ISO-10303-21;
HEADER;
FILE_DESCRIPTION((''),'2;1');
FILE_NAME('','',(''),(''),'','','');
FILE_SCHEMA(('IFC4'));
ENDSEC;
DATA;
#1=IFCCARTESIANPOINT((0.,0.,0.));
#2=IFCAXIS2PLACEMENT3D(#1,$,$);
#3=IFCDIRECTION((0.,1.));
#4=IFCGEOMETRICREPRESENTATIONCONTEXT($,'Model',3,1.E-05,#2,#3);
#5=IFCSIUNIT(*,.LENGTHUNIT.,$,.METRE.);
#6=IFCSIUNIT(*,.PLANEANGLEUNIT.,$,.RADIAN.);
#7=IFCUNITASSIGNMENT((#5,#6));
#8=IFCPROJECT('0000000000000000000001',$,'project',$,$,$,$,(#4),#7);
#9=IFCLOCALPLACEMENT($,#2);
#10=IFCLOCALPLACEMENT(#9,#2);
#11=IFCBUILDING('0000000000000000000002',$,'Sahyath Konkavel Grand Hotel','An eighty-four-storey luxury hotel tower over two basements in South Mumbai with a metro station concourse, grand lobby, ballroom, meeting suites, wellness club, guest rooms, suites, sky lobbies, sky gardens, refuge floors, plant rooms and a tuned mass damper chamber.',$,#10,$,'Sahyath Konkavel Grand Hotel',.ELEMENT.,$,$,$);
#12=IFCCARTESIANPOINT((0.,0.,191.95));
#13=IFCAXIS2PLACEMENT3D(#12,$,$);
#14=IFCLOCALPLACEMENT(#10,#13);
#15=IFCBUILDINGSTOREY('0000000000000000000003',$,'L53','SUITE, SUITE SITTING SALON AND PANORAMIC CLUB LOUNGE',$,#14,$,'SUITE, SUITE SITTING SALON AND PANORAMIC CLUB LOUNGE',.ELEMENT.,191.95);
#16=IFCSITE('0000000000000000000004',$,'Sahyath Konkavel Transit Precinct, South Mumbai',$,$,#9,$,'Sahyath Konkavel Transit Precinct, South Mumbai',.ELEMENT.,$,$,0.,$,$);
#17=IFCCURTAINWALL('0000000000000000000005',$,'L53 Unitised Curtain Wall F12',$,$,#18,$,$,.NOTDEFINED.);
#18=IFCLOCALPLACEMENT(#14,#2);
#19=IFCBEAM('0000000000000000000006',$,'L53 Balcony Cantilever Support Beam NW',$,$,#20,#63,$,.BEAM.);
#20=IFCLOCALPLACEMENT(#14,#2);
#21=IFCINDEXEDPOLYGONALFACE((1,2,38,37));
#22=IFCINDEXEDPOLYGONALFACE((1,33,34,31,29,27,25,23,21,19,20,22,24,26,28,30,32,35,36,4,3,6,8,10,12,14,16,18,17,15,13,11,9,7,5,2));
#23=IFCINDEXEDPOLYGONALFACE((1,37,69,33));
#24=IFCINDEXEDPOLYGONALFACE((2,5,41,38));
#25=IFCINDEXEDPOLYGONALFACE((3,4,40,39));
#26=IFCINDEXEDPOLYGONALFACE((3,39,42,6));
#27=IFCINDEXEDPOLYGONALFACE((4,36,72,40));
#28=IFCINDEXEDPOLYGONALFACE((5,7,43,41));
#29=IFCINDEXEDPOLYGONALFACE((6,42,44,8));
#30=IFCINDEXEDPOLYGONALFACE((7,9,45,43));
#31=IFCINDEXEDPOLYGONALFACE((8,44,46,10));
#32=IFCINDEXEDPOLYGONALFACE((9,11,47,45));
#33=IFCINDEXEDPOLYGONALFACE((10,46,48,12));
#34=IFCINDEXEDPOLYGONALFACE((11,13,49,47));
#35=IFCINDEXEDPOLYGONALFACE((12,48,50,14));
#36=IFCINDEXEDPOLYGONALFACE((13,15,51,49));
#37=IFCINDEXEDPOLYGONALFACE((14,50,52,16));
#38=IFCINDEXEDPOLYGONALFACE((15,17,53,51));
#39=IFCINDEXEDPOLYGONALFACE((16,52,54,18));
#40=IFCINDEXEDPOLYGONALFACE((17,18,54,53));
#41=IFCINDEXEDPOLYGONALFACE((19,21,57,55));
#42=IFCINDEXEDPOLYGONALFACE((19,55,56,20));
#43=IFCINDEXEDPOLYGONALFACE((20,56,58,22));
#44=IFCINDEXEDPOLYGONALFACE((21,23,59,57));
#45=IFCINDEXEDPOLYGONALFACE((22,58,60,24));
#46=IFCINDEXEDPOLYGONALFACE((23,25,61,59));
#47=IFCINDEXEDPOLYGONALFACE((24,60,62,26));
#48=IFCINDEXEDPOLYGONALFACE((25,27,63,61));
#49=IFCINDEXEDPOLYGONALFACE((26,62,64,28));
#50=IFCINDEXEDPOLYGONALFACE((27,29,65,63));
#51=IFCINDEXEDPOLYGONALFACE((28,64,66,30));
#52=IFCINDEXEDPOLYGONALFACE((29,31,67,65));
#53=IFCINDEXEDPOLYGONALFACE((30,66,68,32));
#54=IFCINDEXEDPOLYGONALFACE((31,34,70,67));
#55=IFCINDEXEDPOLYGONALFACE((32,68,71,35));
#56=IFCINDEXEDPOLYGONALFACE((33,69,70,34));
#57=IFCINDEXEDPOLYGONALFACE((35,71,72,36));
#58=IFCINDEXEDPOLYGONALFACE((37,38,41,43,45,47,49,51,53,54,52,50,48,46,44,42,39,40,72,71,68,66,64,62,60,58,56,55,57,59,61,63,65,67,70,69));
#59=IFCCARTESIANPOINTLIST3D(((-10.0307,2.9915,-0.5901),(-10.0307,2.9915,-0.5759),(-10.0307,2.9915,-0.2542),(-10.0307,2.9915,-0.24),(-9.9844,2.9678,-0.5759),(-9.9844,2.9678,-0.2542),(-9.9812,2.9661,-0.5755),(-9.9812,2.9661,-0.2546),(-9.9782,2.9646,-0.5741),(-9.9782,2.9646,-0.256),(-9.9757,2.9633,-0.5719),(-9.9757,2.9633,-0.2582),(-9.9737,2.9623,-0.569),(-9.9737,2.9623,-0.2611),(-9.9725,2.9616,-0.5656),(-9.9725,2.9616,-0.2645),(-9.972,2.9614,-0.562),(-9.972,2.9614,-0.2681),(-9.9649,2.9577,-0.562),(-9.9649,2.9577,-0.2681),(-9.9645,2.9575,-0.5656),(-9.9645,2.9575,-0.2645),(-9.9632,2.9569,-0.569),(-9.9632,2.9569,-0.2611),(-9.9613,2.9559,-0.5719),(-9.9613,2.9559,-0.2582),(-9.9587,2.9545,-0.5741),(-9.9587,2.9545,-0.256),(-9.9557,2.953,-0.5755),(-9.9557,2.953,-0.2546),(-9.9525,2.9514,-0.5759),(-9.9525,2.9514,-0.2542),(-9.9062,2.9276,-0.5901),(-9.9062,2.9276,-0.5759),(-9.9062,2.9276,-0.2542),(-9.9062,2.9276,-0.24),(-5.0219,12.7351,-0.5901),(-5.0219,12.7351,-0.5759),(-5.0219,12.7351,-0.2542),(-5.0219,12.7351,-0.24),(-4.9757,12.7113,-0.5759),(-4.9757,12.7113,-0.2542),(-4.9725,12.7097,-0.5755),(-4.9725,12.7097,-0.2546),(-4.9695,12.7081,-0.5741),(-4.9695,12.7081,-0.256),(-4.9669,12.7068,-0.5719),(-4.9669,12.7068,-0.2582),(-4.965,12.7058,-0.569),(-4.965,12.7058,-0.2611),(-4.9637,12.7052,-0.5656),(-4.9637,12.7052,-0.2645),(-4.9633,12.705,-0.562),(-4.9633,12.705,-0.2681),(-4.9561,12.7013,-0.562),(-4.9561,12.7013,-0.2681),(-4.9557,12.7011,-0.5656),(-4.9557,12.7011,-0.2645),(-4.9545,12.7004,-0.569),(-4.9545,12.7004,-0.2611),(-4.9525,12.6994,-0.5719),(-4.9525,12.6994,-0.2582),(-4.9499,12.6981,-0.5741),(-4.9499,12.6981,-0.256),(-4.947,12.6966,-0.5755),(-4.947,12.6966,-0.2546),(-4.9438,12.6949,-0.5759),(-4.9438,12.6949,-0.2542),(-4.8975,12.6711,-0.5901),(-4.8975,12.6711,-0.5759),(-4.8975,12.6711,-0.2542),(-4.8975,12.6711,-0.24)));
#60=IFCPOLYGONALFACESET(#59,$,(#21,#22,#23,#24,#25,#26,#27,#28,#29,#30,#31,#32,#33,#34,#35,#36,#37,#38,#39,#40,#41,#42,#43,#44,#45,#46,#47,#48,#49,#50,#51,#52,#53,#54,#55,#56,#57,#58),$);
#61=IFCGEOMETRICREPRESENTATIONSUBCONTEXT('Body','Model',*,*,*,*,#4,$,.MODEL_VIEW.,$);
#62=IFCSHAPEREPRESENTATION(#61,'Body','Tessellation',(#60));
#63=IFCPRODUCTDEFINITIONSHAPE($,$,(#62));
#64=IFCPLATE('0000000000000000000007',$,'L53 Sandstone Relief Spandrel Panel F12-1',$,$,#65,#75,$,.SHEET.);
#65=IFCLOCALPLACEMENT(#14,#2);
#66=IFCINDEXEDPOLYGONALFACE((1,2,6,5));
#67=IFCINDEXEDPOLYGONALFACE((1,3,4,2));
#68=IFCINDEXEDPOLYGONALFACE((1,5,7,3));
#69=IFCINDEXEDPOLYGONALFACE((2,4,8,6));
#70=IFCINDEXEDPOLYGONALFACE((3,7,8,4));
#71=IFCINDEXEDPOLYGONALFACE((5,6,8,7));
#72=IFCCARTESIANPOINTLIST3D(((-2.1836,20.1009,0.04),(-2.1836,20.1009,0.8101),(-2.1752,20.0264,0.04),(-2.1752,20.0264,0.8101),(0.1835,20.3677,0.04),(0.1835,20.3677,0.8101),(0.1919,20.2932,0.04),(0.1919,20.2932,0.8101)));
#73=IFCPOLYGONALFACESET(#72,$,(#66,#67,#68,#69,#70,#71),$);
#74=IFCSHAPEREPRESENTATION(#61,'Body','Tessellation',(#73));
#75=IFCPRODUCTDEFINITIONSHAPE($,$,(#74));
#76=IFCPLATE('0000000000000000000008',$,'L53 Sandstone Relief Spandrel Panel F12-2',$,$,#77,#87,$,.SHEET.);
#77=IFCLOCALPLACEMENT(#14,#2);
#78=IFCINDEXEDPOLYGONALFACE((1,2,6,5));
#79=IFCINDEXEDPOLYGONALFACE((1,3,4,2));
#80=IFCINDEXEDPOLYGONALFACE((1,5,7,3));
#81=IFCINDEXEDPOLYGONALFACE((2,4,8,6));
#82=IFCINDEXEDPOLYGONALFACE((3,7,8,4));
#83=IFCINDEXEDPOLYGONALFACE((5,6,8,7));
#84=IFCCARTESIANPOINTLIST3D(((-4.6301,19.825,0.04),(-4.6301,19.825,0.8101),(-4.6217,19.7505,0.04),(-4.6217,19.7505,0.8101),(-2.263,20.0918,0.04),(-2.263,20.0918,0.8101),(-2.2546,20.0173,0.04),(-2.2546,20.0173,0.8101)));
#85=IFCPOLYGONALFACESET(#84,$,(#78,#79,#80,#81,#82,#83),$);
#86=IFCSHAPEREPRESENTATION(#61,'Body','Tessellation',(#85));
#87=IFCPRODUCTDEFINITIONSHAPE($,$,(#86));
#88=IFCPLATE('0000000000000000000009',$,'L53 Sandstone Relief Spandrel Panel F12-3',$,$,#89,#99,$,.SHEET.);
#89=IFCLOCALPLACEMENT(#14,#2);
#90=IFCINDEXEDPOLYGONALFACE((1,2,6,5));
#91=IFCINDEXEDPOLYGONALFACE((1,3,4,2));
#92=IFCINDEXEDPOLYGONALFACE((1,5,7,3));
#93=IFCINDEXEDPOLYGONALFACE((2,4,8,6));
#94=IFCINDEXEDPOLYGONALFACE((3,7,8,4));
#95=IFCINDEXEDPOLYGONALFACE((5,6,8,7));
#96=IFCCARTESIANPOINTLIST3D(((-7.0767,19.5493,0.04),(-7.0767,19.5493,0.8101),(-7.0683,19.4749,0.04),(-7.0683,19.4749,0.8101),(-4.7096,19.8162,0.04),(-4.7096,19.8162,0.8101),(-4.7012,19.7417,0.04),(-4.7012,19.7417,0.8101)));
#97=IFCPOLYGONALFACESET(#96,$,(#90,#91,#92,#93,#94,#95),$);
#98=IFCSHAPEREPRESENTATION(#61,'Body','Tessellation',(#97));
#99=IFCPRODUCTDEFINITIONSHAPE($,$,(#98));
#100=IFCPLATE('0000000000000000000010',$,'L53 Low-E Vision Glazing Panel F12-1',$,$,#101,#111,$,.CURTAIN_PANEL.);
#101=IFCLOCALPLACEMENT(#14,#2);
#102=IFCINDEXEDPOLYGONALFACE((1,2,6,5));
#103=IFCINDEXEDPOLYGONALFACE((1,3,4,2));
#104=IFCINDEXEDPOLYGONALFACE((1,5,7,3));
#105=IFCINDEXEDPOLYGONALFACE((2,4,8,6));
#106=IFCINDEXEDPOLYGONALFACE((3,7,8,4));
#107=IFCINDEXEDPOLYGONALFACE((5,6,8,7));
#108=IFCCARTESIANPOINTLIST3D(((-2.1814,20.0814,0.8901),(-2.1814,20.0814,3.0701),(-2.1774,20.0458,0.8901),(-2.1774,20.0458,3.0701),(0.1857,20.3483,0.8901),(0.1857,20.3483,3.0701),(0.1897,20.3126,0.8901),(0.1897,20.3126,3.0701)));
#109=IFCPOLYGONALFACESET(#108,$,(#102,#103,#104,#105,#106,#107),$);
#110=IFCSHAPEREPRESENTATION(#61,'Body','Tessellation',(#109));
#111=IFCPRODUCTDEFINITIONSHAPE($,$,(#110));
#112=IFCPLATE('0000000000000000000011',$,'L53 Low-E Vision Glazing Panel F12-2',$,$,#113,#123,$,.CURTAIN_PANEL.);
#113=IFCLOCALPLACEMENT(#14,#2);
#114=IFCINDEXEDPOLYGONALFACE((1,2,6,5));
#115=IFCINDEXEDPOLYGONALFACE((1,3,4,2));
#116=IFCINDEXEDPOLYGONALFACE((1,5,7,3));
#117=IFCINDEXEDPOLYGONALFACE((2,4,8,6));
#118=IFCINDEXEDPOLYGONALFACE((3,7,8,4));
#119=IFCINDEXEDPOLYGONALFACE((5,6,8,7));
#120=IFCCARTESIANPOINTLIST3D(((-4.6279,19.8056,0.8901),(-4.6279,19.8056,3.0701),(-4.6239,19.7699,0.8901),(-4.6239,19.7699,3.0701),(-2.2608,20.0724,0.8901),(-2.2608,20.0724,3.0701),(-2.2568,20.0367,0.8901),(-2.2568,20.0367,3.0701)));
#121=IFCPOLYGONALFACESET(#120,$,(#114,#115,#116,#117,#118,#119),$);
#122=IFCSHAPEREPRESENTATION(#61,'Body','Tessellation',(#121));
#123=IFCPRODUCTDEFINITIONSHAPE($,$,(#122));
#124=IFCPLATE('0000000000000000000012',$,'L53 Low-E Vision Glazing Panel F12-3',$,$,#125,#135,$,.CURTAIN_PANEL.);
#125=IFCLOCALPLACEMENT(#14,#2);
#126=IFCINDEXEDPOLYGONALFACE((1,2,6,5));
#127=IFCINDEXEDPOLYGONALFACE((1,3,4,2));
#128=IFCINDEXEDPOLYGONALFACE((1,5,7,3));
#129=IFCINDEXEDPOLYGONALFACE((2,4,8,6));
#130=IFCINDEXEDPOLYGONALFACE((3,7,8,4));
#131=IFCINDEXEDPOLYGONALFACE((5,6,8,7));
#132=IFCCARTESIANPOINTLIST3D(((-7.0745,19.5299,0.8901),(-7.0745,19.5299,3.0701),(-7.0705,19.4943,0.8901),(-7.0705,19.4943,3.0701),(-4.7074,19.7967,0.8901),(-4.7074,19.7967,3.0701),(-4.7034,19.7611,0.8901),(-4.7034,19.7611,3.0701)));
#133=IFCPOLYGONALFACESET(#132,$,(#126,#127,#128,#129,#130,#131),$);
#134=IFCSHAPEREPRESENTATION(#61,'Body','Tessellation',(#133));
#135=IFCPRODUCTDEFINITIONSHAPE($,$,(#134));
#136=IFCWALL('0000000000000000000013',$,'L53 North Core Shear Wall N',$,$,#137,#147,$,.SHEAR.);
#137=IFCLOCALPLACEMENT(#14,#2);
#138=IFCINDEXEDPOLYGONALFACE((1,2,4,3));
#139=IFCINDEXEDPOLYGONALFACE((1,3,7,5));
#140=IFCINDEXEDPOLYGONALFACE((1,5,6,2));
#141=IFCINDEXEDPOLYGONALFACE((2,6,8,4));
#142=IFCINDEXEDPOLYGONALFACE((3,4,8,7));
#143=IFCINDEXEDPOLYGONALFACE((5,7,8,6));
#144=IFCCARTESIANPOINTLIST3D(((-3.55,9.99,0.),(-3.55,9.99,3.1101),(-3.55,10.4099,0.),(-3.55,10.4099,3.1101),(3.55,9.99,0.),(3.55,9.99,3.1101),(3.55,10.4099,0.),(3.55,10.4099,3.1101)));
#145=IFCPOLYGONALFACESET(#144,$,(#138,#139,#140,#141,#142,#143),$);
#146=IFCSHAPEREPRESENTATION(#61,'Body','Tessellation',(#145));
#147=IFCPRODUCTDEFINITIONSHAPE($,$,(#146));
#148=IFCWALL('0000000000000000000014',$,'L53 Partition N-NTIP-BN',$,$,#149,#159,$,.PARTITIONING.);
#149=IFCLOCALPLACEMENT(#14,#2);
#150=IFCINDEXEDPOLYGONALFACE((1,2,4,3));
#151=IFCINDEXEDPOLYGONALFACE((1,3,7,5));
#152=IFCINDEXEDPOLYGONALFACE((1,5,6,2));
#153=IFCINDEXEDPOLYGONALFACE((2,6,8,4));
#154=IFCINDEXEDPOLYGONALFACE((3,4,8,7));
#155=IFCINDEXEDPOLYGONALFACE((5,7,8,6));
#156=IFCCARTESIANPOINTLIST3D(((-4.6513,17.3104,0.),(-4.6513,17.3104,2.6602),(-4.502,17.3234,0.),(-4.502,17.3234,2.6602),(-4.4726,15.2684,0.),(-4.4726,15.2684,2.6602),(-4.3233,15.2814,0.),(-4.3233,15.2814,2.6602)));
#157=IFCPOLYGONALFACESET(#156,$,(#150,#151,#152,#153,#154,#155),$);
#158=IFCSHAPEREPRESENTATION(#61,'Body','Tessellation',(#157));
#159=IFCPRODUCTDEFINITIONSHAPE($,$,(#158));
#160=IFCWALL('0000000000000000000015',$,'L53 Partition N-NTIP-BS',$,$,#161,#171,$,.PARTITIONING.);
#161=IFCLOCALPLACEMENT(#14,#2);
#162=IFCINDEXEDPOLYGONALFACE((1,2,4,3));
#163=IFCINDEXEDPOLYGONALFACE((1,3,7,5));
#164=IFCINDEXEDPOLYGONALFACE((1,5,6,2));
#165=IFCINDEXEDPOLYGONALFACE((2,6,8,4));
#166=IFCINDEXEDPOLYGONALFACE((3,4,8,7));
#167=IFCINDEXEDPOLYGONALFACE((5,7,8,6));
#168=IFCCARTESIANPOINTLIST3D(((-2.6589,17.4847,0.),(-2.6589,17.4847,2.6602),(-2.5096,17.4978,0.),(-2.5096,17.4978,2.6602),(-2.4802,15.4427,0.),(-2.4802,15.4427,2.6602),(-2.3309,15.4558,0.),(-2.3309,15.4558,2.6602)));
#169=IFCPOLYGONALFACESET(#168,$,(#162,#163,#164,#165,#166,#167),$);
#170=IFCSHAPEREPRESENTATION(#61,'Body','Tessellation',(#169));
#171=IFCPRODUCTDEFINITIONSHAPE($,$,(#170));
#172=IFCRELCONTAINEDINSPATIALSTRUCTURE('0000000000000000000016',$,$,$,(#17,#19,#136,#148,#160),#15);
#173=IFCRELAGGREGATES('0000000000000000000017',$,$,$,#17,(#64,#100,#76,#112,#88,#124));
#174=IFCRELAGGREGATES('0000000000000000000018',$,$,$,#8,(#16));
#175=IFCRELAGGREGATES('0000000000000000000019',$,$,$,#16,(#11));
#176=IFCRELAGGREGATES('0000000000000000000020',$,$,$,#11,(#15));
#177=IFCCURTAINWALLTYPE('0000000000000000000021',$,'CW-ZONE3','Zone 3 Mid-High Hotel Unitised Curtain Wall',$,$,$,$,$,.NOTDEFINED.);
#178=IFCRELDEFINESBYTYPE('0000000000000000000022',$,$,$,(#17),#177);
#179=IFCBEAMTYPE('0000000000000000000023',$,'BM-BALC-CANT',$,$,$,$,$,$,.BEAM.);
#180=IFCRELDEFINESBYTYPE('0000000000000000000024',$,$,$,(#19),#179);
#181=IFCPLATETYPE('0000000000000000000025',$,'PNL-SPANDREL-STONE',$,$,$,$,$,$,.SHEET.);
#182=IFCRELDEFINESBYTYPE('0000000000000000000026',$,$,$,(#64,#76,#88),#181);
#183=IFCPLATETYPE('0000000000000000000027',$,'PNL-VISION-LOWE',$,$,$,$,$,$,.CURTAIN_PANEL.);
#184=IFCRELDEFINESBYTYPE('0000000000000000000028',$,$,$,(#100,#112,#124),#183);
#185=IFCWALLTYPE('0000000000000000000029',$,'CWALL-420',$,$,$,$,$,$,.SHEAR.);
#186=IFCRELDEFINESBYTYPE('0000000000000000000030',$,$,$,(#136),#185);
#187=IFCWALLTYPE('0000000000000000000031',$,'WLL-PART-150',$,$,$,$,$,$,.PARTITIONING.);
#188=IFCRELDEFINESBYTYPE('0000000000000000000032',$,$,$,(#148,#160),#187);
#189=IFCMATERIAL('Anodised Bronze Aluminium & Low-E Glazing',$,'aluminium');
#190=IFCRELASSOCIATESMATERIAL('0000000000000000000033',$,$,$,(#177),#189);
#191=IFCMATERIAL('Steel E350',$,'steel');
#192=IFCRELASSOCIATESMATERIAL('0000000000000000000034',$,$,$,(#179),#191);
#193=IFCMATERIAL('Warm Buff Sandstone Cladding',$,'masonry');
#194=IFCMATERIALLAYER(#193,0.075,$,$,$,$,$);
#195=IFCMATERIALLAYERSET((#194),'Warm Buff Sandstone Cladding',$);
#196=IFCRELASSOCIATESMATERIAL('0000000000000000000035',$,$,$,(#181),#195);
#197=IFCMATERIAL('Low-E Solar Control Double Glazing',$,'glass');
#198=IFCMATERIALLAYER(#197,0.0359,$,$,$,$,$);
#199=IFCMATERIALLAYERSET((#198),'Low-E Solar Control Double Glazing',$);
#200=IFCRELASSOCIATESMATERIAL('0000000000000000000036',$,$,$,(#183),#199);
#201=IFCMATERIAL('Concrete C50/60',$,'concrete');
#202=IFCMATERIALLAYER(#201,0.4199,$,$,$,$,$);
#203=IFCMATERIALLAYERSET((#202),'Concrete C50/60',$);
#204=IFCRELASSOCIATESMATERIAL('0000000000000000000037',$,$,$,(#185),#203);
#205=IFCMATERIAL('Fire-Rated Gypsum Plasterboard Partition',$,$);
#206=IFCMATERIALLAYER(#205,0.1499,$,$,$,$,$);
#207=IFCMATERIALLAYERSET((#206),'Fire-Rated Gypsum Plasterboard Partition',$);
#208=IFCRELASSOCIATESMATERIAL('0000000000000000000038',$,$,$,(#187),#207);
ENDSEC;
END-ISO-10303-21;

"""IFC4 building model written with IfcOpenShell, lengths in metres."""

from ifc_helpers import new_model, si_unit, direction, frame, frame_2d, origin, origin_2d, place, context, subcontext, project, spatial, rectangle, i_section, extrude, source, transform, mapped, material, layer, layer_set, material_profile, profile_set, type_object, element, aggregate, save


model = new_model("IFC4")

# Units and contexts
model_context = context("Model", 3, precision=1e-05, world=origin(), true_north=direction((0.0, 1.0)))
body_context = subcontext(model_context, "Body", "Model", "MODEL_VIEW")
ifc_project = project(units=[si_unit("LENGTHUNIT", "METRE"), si_unit("PLANEANGLEUNIT", "RADIAN")], contexts=[model_context])

# Site, building, storey
site_placement = place(None, origin())
site = spatial("IfcSite", under=ifc_project, at=site_placement, Name="Sahyath Konkavel Transit Precinct, South Mumbai", LongName="Sahyath Konkavel Transit Precinct, South Mumbai", CompositionType="ELEMENT", RefElevation=0.0)
building_placement = place(site_placement, origin())
building = spatial("IfcBuilding", under=site, at=building_placement, Name="Sahyath Konkavel Grand Hotel", Description="An eighty-four-storey luxury hotel tower over two basements in South Mumbai with a metro station concourse, grand lobby, ballroom, meeting suites, wellness club, guest rooms, suites, sky lobbies, sky gardens, refuge floors, plant rooms and a tuned mass damper chamber.", LongName="Sahyath Konkavel Grand Hotel", CompositionType="ELEMENT")
storey_placement = place(building_placement, frame((0.0, 0.0, 191.95)))
storey = spatial("IfcBuildingStorey", under=building, at=storey_placement, Name="L53", Description="SUITE, SUITE SITTING SALON AND PANORAMIC CLUB LOUNGE", LongName="SUITE, SUITE SITTING SALON AND PANORAMIC CLUB LOUNGE", CompositionType="ELEMENT", Elevation=191.95)

# Shared definitions
ifc_material_1 = material(Name="Concrete C50/60", Category="concrete")

# Shared definitions
ifc_material_2 = material(Name="Steel E350", Category="steel")

# Curtain wall
ifc_material_3 = material(Name="Anodised Bronze Aluminium & Low-E Glazing", Category="aluminium")
curtain_wall_type = type_object("IfcCurtainWallType", Name="CW-ZONE3", Description="Zone 3 Mid-High Hotel Unitised Curtain Wall", PredefinedType="NOTDEFINED", material=ifc_material_3)
curtain_wall_placement = place(storey_placement, origin())
curtain_wall = element("IfcCurtainWall", 1, at=curtain_wall_placement, inside=storey, type_object=curtain_wall_type, Name="L53 Unitised Curtain Wall F12", PredefinedType="NOTDEFINED")

# Beam
ifc_material_profile_1 = material_profile(ifc_material_2, i_section(OverallWidth=0.1399, OverallDepth=0.3501, WebThickness=0.0081, FlangeThickness=0.0142, FilletRadius=0.0139, at=origin_2d()), Name="ISMB 350")
ifc_profile_set_1 = profile_set([ifc_material_profile_1], Name="Steel E350")
beam_type_1 = type_object("IfcBeamType", Name="BM-BALC-CANT", PredefinedType="BEAM", material=ifc_profile_set_1)
shared_shape_1 = source(origin(), body_context, "Body", "SweptSolid", [
    extrude(i_section(OverallWidth=0.1399, OverallDepth=0.3501, WebThickness=0.0081, FlangeThickness=0.0142, FilletRadius=0.0139, at=origin_2d()), origin(), (0.0, 0.0, 1.0), 10.9556),
])
beam_1_placement = place(storey_placement, frame((-4.9597, 12.7031, -0.415), z_axis=(-0.457187, -0.889371, 0.0), x_axis=(0.889371, -0.457187, 0.0)))
element("IfcBeam", 2, at=beam_1_placement, inside=storey, type_object=beam_type_1, Name="L53 Balcony Cantilever Support Beam NW", PredefinedType="BEAM", context=body_context, shape_type="MappedRepresentation", body=[
    mapped(shared_shape_1, transform((0.0, 0.0, 0.0), scale=1.0)),
])

# Plates
ifc_material_4 = material(Name="Warm Buff Sandstone Cladding", Category="masonry")
ifc_layer_1 = layer(ifc_material_4, 0.075)
ifc_layer_set_1 = layer_set([ifc_layer_1], Name="Warm Buff Sandstone Cladding")
plate_type_1 = type_object("IfcPlateType", Name="PNL-SPANDREL-STONE", PredefinedType="SHEET", material=ifc_layer_set_1)
shared_shape_2 = source(origin(), body_context, "Body", "SweptSolid", [
    extrude(rectangle(XDim=2.3821, YDim=0.075, at=origin_2d()), origin(), (0.0, 0.0, 1.0), 0.77),
])
plate_1_placement = place(storey_placement, frame((-0.9958, 20.197, 0.04), z_axis=(0.0, 0.0, 1.0), x_axis=(-0.993707, -0.112007, 0.0)))
plate_1 = element("IfcPlate", 3, at=plate_1_placement, type_object=plate_type_1, Name="L53 Sandstone Relief Spandrel Panel F12-1", PredefinedType="SHEET", context=body_context, shape_type="MappedRepresentation", body=[
    mapped(shared_shape_2, transform((0.0, 0.0, 0.0), scale=1.0)),
])
plate_2_placement = place(storey_placement, frame((-3.4424, 19.9211, 0.04), z_axis=(0.0, 0.0, 1.0), x_axis=(-0.993707, -0.112007, 0.0)))
plate_2 = element("IfcPlate", 4, at=plate_2_placement, type_object=plate_type_1, Name="L53 Sandstone Relief Spandrel Panel F12-2", PredefinedType="SHEET", context=body_context, shape_type="MappedRepresentation", body=[
    mapped(shared_shape_2, transform((0.0, 0.0, 0.0), scale=1.0)),
])
plate_3_placement = place(storey_placement, frame((-5.8889, 19.6455, 0.04), z_axis=(0.0, 0.0, 1.0), x_axis=(-0.993707, -0.112007, 0.0)))
plate_3 = element("IfcPlate", 5, at=plate_3_placement, type_object=plate_type_1, Name="L53 Sandstone Relief Spandrel Panel F12-3", PredefinedType="SHEET", context=body_context, shape_type="MappedRepresentation", body=[
    mapped(shared_shape_2, transform((0.0, 0.0, 0.0), scale=1.0)),
])
ifc_material_5 = material(Name="Low-E Solar Control Double Glazing", Category="glass")
ifc_layer_2 = layer(ifc_material_5, 0.0359)
ifc_layer_set_2 = layer_set([ifc_layer_2], Name="Low-E Solar Control Double Glazing")
plate_type_2 = type_object("IfcPlateType", Name="PNL-VISION-LOWE", PredefinedType="CURTAIN_PANEL", material=ifc_layer_set_2)
shared_shape_3 = source(origin(), body_context, "Body", "SweptSolid", [
    extrude(rectangle(XDim=2.3821, YDim=0.0359, at=origin_2d()), origin(), (0.0, 0.0, 1.0), 2.1799),
])
plate_4_placement = place(storey_placement, frame((-0.9958, 20.197, 0.8901), z_axis=(0.0, 0.0, 1.0), x_axis=(-0.993707, -0.112007, 0.0)))
plate_4 = element("IfcPlate", 6, at=plate_4_placement, type_object=plate_type_2, Name="L53 Low-E Vision Glazing Panel F12-1", PredefinedType="CURTAIN_PANEL", context=body_context, shape_type="MappedRepresentation", body=[
    mapped(shared_shape_3, transform((0.0, 0.0, 0.0), scale=1.0)),
])
plate_5_placement = place(storey_placement, frame((-3.4424, 19.9211, 0.8901), z_axis=(0.0, 0.0, 1.0), x_axis=(-0.993707, -0.112007, 0.0)))
plate_5 = element("IfcPlate", 7, at=plate_5_placement, type_object=plate_type_2, Name="L53 Low-E Vision Glazing Panel F12-2", PredefinedType="CURTAIN_PANEL", context=body_context, shape_type="MappedRepresentation", body=[
    mapped(shared_shape_3, transform((0.0, 0.0, 0.0), scale=1.0)),
])
plate_6_placement = place(storey_placement, frame((-5.8889, 19.6455, 0.8901), z_axis=(0.0, 0.0, 1.0), x_axis=(-0.993707, -0.112007, 0.0)))
plate_6 = element("IfcPlate", 8, at=plate_6_placement, type_object=plate_type_2, Name="L53 Low-E Vision Glazing Panel F12-3", PredefinedType="CURTAIN_PANEL", context=body_context, shape_type="MappedRepresentation", body=[
    mapped(shared_shape_3, transform((0.0, 0.0, 0.0), scale=1.0)),
])
aggregate(curtain_wall, [plate_1, plate_4, plate_2, plate_5, plate_3, plate_6])

# Walls
ifc_layer_3 = layer(ifc_material_1, 0.4199)
ifc_layer_set_3 = layer_set([ifc_layer_3], Name="Concrete C50/60")
wall_type_1 = type_object("IfcWallType", Name="CWALL-420", PredefinedType="SHEAR", material=ifc_layer_set_3)
wall_1_placement = place(storey_placement, frame((-3.55, 10.2, 0.0), z_axis=(0.0, 0.0, 1.0), x_axis=(1.0, 0.0, 0.0)))
element("IfcWall", 9, at=wall_1_placement, inside=storey, type_object=wall_type_1, Name="L53 North Core Shear Wall N", PredefinedType="SHEAR", context=body_context, shape_type="SweptSolid", body=[
    extrude(rectangle(XDim=7.1001, YDim=0.4199, at=frame_2d((3.55, 0.0))), origin(), (0.0, 0.0, 1.0), 3.1101),
])
ifc_material_6 = material(Name="Fire-Rated Gypsum Plasterboard Partition")
ifc_layer_4 = layer(ifc_material_6, 0.1499)
ifc_layer_set_4 = layer_set([ifc_layer_4], Name="Fire-Rated Gypsum Plasterboard Partition")
wall_type_2 = type_object("IfcWallType", Name="WLL-PART-150", PredefinedType="PARTITIONING", material=ifc_layer_set_4)
for number, where, z_axis, x_axis, name in (
    (10, (-4.3979, 15.2749, 0.0), (0.0, 0.0, 1.0), (-0.087185, 0.996192, 0.0), "L53 Partition N-NTIP-BN"),
    (11, (-2.4055, 15.4492, 0.0), (0.0, 0.0, 1.0), (-0.087185, 0.996192, 0.0), "L53 Partition N-NTIP-BS"),
):
    element("IfcWall", number, at=place(storey_placement, frame(where, z_axis=z_axis, x_axis=x_axis)), inside=storey, type_object=wall_type_2, Name=name, PredefinedType="PARTITIONING", context=body_context, shape_type="SweptSolid", body=[
        extrude(rectangle(XDim=2.0498, YDim=0.1499, at=frame_2d((1.0249, 0.0))), origin(), (0.0, 0.0, 1.0), 2.6602),
    ])

save(model, "model.ifc")
